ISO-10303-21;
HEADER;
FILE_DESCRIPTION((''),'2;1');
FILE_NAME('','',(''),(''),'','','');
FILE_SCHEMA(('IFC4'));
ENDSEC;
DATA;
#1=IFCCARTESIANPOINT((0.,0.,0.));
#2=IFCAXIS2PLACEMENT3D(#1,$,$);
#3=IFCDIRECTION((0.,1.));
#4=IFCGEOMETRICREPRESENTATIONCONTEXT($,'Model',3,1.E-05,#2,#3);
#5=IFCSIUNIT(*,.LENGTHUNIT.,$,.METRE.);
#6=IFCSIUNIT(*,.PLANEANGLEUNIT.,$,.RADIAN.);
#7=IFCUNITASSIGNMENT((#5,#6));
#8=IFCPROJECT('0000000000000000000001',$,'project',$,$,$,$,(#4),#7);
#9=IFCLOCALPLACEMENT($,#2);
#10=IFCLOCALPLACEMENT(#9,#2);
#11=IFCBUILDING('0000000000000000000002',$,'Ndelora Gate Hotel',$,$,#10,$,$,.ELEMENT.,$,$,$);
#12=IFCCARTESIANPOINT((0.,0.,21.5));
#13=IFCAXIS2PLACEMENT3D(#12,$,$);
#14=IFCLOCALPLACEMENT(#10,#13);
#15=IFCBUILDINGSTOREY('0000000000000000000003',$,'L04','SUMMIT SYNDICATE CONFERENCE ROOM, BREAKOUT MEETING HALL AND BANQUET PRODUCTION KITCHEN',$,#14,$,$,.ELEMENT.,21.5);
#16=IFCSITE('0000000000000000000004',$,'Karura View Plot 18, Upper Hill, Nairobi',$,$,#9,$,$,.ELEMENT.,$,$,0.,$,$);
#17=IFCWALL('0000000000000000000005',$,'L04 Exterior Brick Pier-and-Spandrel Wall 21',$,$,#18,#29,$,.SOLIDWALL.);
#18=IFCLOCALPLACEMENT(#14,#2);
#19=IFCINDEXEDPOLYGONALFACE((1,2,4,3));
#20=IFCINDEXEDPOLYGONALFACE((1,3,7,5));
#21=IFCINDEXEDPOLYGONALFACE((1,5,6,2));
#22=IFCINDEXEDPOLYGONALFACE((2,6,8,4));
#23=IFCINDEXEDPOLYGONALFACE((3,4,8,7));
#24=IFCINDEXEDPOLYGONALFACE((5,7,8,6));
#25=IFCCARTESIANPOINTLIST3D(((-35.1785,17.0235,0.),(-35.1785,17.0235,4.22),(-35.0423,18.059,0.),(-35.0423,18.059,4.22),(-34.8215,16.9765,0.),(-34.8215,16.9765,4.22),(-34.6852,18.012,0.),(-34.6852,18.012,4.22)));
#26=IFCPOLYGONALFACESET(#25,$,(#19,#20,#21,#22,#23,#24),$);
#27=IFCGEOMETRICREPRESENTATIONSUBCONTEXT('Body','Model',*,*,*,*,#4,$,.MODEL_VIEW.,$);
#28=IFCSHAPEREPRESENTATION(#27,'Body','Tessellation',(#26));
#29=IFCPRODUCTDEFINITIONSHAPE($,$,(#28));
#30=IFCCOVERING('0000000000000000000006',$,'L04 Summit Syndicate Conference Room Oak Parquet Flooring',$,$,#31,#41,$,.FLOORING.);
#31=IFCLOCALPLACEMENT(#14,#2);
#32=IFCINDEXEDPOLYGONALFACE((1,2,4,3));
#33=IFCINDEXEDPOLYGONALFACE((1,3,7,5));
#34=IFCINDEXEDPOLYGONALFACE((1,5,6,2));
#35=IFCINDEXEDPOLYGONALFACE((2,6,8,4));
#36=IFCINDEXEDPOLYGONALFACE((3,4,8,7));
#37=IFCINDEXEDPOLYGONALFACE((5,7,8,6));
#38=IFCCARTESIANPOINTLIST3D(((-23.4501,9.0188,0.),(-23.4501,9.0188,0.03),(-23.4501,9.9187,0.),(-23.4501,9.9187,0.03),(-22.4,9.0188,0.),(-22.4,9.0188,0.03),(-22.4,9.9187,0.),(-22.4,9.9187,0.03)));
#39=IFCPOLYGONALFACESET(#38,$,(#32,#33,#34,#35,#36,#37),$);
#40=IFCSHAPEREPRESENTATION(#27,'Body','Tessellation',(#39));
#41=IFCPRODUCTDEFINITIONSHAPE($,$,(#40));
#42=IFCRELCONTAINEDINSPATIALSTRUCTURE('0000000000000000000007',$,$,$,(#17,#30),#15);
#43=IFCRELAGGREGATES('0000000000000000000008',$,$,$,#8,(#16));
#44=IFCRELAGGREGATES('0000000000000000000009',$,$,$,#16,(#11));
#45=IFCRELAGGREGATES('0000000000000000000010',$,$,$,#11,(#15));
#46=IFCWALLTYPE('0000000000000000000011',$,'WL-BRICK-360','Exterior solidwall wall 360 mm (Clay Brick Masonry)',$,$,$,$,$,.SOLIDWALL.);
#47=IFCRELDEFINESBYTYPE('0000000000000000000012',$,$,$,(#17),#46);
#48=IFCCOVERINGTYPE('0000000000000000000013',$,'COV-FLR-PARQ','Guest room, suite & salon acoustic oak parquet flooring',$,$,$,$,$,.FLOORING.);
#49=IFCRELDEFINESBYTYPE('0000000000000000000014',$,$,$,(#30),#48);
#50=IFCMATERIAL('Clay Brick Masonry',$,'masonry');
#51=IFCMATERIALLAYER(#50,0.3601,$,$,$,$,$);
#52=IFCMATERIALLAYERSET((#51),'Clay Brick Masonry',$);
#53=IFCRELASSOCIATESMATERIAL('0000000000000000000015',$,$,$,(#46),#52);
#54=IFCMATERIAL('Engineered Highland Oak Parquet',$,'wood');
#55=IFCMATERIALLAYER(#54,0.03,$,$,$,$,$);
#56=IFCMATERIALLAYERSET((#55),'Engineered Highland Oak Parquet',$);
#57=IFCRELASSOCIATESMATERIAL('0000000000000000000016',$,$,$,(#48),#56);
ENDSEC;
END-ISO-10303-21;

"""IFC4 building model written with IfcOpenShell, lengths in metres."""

from ifc_helpers import new_model, si_unit, direction, frame, frame_2d, origin, origin_2d, place, context, subcontext, project, spatial, rectangle, extrude, material, layer, layer_set, type_object, element, save


model = new_model("IFC4")

# Units and contexts
model_context = context("Model", 3, precision=1e-05, world=origin(), true_north=direction((0.0, 1.0)))
body_context = subcontext(model_context, "Body", "Model", "MODEL_VIEW")
ifc_project = project(units=[si_unit("LENGTHUNIT", "METRE"), si_unit("PLANEANGLEUNIT", "RADIAN")], contexts=[model_context])

# Site, building, storey
site_placement = place(None, origin())
site = spatial("IfcSite", under=ifc_project, at=site_placement, Name="Karura View Plot 18, Upper Hill, Nairobi", CompositionType="ELEMENT", RefElevation=0.0)
building_placement = place(site_placement, origin())
building = spatial("IfcBuilding", under=site, at=building_placement, Name="Ndelora Gate Hotel", CompositionType="ELEMENT")
storey_placement = place(building_placement, frame((0.0, 0.0, 21.5)))
storey = spatial("IfcBuildingStorey", under=building, at=storey_placement, Name="L04", Description="SUMMIT SYNDICATE CONFERENCE ROOM, BREAKOUT MEETING HALL AND BANQUET PRODUCTION KITCHEN", CompositionType="ELEMENT", Elevation=21.5)

# Shared definitions
ifc_material_1 = material(Name="Clay Brick Masonry", Category="masonry")
ifc_layer_1 = layer(ifc_material_1, 0.3601)
ifc_layer_set_1 = layer_set([ifc_layer_1], Name="Clay Brick Masonry")
wall_type = type_object("IfcWallType", Name="WL-BRICK-360", Description="Exterior solidwall wall 360 mm (Clay Brick Masonry)", PredefinedType="SOLIDWALL", material=ifc_layer_set_1)

# Wall
wall_1_placement = place(storey_placement, frame((-35.0, 17.0, 0.0), z_axis=(0.0, 0.0, 1.0), x_axis=(0.130448, 0.991455, 0.0)))
element("IfcWall", 1, at=wall_1_placement, inside=storey, type_object=wall_type, Name="L04 Exterior Brick Pier-and-Spandrel Wall 21", PredefinedType="SOLIDWALL", context=body_context, shape_type="SweptSolid", body=[
    extrude(rectangle(XDim=1.0444, YDim=0.3601, at=frame_2d((0.5222, 0.0))), origin(), (0.0, 0.0, 1.0), 4.22),
])

# Covering
ifc_material_2 = material(Name="Engineered Highland Oak Parquet", Category="wood")
ifc_layer_2 = layer(ifc_material_2, 0.03)
ifc_layer_set_2 = layer_set([ifc_layer_2], Name="Engineered Highland Oak Parquet")
covering_type = type_object("IfcCoveringType", Name="COV-FLR-PARQ", Description="Guest room, suite & salon acoustic oak parquet flooring", PredefinedType="FLOORING", material=ifc_layer_set_2)
covering_placement = place(storey_placement, frame((-22.925, 9.4688, 0.0), z_axis=(0.0, 0.0, 1.0), x_axis=(1.0, 0.0, 0.0)))
element("IfcCovering", 2, at=covering_placement, inside=storey, type_object=covering_type, Name="L04 Summit Syndicate Conference Room Oak Parquet Flooring", PredefinedType="FLOORING", context=body_context, shape_type="SweptSolid", body=[
    extrude(rectangle(XDim=1.05, YDim=0.8999, at=origin_2d()), origin(), (0.0, 0.0, 1.0), 0.03),
])

save(model, "model.ifc")
